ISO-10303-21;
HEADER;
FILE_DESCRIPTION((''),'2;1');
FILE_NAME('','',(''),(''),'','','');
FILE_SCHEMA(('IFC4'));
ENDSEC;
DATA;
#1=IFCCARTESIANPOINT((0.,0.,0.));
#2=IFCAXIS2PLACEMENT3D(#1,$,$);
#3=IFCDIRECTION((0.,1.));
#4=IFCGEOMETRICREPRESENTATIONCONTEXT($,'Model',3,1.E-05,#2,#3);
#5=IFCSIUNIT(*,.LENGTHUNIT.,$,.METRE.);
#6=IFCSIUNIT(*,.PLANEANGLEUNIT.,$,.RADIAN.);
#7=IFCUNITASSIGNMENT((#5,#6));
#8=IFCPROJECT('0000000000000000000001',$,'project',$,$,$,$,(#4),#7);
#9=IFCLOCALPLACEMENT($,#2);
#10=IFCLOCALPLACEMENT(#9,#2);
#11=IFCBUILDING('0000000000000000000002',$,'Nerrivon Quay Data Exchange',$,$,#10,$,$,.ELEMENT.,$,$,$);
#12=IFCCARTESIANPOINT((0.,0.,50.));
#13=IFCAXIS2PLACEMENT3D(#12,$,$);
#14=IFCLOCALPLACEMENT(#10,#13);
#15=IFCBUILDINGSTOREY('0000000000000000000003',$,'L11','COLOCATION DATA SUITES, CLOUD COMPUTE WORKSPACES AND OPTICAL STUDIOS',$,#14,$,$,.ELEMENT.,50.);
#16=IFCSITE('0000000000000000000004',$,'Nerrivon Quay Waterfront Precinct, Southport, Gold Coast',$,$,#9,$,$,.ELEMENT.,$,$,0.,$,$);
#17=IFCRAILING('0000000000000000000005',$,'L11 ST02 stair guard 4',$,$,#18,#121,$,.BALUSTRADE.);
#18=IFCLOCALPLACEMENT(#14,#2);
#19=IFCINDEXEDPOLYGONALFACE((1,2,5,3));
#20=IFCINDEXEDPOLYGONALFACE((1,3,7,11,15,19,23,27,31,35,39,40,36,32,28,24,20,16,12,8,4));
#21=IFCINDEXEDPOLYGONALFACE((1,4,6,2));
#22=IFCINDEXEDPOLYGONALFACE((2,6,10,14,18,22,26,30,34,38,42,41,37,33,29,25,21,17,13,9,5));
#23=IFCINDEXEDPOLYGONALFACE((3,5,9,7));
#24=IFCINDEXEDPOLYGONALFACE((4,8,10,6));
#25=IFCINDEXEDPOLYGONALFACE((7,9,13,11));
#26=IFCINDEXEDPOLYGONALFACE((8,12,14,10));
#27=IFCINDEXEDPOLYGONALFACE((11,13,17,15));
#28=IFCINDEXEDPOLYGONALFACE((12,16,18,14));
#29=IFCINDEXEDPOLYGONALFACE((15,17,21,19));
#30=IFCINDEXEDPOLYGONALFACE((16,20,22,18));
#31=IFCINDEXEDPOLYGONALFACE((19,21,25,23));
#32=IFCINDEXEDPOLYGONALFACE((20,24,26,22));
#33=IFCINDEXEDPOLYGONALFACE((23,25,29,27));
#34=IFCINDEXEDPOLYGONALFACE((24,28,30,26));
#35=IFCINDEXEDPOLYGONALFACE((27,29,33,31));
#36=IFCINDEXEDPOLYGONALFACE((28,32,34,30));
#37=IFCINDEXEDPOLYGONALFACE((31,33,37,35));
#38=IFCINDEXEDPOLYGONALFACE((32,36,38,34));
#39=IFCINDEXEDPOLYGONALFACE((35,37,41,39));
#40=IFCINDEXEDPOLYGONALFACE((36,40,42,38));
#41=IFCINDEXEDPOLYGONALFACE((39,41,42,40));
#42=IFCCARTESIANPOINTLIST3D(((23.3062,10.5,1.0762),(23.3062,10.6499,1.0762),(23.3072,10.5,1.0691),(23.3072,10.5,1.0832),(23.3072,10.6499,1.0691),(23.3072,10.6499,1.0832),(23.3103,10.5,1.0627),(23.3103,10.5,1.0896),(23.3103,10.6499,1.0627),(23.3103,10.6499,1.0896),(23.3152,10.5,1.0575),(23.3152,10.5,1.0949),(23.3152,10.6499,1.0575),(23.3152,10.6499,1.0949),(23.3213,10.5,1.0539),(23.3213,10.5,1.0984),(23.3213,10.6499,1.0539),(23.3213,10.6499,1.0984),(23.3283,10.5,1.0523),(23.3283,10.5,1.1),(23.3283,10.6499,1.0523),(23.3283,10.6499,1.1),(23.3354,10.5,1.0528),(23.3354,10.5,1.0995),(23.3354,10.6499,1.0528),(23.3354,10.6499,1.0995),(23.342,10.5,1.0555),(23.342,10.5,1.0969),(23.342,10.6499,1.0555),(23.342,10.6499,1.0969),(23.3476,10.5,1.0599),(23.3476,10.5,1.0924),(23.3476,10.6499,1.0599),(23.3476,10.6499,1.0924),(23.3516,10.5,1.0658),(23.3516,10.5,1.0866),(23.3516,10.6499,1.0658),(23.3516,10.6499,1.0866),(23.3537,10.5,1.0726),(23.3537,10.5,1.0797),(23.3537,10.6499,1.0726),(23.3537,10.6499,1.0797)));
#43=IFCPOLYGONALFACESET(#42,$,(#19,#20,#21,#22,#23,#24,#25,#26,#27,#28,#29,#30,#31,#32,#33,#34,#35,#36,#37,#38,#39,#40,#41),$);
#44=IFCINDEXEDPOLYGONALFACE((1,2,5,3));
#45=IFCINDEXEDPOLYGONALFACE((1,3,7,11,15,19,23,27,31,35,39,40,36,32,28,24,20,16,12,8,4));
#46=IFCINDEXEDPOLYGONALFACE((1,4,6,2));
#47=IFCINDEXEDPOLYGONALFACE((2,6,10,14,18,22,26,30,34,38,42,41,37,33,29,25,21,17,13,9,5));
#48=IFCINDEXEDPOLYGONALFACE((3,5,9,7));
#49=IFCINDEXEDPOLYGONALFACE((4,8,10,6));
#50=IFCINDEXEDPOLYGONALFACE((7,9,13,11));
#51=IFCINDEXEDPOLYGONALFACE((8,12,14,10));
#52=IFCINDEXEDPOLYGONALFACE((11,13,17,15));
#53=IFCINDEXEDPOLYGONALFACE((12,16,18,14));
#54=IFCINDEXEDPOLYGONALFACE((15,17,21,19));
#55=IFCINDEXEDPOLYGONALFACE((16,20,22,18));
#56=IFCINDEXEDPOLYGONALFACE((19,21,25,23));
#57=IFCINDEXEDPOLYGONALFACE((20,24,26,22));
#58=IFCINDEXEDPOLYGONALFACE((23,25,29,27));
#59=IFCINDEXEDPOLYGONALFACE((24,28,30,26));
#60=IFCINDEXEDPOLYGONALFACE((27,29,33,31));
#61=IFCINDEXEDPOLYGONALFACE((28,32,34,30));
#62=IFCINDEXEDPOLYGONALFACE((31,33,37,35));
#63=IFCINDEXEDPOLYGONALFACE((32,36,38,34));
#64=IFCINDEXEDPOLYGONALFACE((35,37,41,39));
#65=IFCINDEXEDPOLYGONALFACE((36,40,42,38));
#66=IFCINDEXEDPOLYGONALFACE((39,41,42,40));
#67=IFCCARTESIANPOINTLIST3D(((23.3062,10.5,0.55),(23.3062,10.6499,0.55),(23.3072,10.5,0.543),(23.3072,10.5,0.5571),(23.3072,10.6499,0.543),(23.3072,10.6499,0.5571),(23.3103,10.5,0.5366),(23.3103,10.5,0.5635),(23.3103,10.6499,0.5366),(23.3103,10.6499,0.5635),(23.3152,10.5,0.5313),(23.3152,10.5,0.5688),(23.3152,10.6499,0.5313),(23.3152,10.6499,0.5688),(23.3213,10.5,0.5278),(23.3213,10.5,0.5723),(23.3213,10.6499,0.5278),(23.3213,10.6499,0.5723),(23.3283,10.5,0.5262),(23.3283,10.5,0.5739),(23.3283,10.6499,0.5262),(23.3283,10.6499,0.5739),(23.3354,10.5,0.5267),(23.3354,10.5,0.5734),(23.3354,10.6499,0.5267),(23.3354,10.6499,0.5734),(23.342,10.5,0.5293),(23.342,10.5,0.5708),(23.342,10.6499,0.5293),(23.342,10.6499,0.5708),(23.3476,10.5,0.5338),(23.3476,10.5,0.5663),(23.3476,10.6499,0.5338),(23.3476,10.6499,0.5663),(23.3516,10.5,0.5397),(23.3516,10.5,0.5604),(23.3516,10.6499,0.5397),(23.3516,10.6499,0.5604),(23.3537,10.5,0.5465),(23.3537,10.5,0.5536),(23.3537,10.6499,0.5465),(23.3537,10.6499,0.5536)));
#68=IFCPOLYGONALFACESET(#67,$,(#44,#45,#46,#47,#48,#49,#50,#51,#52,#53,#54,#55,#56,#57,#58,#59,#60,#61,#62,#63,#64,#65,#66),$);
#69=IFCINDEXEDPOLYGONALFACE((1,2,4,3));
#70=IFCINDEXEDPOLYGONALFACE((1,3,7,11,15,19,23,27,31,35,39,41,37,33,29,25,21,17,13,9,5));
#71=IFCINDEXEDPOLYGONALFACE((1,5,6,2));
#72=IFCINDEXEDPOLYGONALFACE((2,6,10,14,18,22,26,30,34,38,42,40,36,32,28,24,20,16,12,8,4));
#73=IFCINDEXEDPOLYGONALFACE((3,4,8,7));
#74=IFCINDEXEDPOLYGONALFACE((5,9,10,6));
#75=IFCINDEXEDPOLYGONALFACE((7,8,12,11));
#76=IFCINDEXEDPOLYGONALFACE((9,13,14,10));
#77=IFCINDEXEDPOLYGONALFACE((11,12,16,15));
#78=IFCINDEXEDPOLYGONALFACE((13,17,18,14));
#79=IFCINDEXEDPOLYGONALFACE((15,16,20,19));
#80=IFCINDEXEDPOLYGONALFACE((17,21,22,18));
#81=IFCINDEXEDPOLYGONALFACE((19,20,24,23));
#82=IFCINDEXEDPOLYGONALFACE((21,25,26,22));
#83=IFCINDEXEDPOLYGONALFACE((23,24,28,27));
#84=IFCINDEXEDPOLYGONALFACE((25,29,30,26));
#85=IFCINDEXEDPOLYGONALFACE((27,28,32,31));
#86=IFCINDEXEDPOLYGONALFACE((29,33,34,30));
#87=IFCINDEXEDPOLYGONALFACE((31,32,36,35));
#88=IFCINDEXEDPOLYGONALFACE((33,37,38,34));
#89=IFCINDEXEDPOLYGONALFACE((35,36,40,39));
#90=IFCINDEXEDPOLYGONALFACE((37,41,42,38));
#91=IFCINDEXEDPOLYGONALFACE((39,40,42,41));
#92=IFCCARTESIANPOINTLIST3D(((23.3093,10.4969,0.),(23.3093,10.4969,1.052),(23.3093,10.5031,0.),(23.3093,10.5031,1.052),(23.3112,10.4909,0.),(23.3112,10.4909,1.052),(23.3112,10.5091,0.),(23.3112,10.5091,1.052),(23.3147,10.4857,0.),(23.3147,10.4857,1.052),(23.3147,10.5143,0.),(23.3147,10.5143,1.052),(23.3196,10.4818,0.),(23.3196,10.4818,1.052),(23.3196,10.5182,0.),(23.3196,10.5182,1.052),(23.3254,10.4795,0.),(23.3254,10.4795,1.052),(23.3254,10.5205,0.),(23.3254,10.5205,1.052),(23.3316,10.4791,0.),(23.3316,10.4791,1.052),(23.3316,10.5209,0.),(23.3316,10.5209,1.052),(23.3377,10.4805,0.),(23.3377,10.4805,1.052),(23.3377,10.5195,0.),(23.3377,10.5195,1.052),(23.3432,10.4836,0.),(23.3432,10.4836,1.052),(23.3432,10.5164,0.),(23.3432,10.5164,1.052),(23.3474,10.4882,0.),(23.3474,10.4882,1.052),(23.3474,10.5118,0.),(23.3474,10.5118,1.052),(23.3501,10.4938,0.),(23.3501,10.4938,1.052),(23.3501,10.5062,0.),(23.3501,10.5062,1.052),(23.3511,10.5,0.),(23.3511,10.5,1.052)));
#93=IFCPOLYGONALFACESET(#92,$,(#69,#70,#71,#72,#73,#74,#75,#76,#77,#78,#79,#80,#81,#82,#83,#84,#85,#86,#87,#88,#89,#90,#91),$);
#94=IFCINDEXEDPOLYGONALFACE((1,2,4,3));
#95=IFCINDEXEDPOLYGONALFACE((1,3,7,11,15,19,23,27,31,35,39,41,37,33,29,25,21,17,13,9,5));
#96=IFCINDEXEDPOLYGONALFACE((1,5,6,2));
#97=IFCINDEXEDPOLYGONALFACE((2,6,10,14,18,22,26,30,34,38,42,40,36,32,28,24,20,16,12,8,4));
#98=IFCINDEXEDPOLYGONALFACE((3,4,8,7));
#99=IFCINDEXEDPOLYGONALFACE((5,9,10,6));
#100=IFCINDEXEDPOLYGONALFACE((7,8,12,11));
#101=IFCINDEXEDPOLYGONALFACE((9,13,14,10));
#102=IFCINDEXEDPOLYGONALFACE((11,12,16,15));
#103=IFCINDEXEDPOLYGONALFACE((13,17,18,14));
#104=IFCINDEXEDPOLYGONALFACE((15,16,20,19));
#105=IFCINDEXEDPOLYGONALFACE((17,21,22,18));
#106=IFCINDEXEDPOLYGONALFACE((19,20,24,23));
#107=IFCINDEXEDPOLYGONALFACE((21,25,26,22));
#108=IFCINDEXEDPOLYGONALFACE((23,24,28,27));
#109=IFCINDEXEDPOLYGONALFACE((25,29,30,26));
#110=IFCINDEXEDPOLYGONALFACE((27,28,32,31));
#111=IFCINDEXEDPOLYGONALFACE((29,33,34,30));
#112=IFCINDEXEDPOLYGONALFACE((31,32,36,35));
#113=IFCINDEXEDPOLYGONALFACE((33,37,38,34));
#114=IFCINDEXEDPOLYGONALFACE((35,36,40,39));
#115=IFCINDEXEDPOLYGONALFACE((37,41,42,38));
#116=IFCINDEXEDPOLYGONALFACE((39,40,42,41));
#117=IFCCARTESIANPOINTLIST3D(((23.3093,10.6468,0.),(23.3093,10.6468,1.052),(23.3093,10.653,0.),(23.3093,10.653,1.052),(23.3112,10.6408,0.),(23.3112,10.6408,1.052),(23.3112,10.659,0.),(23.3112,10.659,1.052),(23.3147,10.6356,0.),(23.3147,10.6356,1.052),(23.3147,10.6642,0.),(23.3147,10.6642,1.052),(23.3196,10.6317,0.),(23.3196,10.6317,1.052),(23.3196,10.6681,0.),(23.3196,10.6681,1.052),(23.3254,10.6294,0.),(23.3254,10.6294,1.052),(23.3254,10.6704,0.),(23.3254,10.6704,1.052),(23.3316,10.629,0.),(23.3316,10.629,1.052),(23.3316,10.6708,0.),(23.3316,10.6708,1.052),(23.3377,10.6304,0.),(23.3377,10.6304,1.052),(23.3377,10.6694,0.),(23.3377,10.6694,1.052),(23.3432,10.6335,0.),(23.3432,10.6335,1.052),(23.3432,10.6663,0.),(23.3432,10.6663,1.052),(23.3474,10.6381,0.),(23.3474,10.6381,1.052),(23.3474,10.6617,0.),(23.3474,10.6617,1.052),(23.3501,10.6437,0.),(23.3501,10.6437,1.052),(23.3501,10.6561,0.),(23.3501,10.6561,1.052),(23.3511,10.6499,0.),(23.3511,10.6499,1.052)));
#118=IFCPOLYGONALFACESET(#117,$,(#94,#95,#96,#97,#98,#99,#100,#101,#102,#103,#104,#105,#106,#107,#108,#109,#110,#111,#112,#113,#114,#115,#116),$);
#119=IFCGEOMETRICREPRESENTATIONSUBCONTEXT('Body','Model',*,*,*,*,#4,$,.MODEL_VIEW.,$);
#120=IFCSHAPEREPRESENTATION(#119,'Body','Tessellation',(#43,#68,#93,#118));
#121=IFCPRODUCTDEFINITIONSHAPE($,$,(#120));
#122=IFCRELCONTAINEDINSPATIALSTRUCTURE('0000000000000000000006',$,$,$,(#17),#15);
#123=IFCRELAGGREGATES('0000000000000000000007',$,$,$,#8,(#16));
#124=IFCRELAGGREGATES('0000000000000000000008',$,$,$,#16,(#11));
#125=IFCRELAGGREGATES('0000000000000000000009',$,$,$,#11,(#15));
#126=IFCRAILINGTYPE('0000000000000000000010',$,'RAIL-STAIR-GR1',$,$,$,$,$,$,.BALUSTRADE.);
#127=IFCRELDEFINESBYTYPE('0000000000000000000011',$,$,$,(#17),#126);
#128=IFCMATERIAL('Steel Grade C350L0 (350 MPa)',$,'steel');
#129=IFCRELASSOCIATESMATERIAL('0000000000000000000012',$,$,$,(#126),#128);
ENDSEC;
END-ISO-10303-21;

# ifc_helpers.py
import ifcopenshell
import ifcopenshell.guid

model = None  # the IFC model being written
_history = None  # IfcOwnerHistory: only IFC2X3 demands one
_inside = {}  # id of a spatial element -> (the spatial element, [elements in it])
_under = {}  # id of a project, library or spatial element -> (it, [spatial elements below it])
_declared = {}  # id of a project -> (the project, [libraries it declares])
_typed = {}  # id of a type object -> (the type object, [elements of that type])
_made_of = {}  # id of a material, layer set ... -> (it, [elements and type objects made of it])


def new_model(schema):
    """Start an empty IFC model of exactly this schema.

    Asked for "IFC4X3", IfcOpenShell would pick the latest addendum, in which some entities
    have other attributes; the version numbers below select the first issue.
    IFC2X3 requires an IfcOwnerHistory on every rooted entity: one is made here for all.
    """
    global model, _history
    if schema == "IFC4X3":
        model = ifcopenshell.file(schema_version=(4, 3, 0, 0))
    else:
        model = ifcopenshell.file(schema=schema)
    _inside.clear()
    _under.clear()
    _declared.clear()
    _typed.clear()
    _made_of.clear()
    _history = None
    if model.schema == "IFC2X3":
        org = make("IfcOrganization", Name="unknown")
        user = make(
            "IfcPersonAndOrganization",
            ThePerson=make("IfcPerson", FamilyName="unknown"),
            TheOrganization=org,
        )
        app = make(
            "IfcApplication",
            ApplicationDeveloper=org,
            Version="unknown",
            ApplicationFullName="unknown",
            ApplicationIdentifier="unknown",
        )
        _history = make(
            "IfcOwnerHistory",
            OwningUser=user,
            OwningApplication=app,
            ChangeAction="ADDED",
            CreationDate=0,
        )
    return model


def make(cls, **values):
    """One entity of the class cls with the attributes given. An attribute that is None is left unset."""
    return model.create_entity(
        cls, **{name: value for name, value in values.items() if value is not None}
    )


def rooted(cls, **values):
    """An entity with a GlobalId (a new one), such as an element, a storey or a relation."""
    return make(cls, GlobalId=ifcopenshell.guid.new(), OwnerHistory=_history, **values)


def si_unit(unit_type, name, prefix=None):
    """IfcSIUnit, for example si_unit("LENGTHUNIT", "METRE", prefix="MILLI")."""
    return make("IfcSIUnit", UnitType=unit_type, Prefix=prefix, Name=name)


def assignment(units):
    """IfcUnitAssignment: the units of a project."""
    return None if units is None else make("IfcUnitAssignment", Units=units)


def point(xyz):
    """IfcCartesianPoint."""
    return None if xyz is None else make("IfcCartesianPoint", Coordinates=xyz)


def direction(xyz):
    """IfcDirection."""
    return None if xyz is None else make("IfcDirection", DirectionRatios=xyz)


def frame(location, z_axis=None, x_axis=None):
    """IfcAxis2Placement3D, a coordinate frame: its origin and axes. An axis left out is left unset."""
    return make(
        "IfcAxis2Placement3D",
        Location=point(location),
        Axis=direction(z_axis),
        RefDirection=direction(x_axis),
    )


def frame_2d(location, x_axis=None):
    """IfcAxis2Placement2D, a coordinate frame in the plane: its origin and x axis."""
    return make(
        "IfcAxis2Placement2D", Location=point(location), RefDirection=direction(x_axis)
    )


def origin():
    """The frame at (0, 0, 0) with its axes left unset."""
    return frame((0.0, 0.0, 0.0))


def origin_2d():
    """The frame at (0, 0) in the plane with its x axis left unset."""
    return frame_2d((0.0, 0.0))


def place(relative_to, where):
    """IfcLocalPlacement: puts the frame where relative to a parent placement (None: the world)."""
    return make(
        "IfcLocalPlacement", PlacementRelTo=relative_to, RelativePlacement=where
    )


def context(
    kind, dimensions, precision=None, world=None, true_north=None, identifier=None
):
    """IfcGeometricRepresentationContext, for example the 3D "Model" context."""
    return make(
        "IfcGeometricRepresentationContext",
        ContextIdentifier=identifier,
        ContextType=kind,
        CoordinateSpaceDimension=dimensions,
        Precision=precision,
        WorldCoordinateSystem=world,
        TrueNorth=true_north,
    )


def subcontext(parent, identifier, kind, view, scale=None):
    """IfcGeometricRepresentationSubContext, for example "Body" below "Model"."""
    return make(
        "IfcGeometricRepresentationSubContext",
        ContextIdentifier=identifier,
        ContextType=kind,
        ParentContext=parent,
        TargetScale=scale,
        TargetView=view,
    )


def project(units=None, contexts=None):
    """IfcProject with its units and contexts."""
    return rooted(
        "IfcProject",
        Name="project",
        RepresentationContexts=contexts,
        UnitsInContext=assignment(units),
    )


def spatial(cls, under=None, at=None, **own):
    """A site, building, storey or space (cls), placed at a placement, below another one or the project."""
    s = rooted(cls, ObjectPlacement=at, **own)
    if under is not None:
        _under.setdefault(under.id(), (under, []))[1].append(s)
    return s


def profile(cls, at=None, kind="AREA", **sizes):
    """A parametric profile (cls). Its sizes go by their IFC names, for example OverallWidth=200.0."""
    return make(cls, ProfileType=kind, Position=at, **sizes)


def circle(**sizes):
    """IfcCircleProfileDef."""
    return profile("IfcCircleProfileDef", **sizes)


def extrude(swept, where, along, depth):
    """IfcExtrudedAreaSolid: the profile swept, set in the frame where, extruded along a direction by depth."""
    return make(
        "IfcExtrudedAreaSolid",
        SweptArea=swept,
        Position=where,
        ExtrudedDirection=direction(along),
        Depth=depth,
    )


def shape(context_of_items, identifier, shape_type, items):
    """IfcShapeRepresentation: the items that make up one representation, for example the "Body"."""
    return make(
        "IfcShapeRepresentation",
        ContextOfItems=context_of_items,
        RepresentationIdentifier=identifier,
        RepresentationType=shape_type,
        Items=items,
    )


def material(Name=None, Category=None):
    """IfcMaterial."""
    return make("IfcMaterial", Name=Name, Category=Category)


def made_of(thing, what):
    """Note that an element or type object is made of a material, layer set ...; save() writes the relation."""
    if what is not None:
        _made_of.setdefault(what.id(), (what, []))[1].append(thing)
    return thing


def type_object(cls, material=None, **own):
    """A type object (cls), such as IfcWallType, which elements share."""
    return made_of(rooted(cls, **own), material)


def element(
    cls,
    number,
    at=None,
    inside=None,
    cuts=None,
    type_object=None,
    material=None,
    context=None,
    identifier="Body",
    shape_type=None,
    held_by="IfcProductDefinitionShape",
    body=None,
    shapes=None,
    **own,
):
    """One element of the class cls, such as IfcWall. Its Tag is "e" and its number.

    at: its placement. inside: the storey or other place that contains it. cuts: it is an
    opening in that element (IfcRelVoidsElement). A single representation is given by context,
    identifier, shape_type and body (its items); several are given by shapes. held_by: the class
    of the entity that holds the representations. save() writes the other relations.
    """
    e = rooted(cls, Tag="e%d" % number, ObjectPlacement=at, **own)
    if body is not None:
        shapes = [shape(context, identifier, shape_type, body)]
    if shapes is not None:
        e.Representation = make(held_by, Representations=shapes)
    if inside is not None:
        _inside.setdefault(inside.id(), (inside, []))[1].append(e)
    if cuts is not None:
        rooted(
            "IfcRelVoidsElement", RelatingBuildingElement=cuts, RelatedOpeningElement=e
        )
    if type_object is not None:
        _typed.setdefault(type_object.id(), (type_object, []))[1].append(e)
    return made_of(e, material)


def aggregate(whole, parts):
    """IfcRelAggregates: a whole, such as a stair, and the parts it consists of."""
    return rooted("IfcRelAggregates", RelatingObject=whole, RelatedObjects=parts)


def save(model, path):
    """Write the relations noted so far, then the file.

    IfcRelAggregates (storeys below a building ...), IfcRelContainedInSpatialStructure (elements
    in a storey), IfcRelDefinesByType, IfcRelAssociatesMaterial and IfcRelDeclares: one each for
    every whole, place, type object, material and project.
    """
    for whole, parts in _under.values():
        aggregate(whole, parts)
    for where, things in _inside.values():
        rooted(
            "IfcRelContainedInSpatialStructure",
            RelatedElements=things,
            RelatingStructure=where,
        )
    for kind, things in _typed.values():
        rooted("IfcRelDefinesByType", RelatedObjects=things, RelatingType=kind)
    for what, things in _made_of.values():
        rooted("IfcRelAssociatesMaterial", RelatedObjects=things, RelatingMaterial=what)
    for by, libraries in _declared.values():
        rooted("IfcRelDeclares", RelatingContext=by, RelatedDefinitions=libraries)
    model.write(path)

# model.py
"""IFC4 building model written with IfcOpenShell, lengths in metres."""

from ifc_helpers import new_model, si_unit, direction, frame, origin, origin_2d, place, context, subcontext, project, spatial, circle, extrude, material, type_object, element, save


model = new_model("IFC4")

# Units and contexts
model_context = context("Model", 3, precision=1e-05, world=origin(), true_north=direction((0.0, 1.0)))
body_context = subcontext(model_context, "Body", "Model", "MODEL_VIEW")
ifc_project = project(units=[si_unit("LENGTHUNIT", "METRE"), si_unit("PLANEANGLEUNIT", "RADIAN")], contexts=[model_context])

# Site, building, storey
site_placement = place(None, origin())
site = spatial("IfcSite", under=ifc_project, at=site_placement, Name="Nerrivon Quay Waterfront Precinct, Southport, Gold Coast", CompositionType="ELEMENT", RefElevation=0.0)
building_placement = place(site_placement, origin())
building = spatial("IfcBuilding", under=site, at=building_placement, Name="Nerrivon Quay Data Exchange", CompositionType="ELEMENT")
storey_placement = place(building_placement, frame((0.0, 0.0, 50.0)))
storey = spatial("IfcBuildingStorey", under=building, at=storey_placement, Name="L11", Description="COLOCATION DATA SUITES, CLOUD COMPUTE WORKSPACES AND OPTICAL STUDIOS", CompositionType="ELEMENT", Elevation=50.0)

# Railing
ifc_material_1 = material(Name="Steel Grade C350L0 (350 MPa)", Category="steel")
railing_type_1 = type_object("IfcRailingType", Name="RAIL-STAIR-GR1", PredefinedType="BALUSTRADE", material=ifc_material_1)
railing_1_placement = place(storey_placement, frame((23.3301, 10.5, 0.0)))
element("IfcRailing", 1, at=railing_1_placement, inside=storey, type_object=railing_type_1, Name="L11 ST02 stair guard 4", PredefinedType="BALUSTRADE", context=body_context, shape_type="SweptSolid", body=[
    extrude(circle(Radius=0.0239, at=origin_2d()), frame((0.0, 0.0, 1.0762), z_axis=(0.0, 1.0, 0.0), x_axis=(-1.0, 0.0, 0.0)), (0.0, 0.0, 1.0), 0.1499),
    extrude(circle(Radius=0.0239, at=origin_2d()), frame((0.0, 0.0, 0.55), z_axis=(0.0, 1.0, 0.0), x_axis=(-1.0, 0.0, 0.0)), (0.0, 0.0, 1.0), 0.1499),
    extrude(circle(Radius=0.021, at=origin_2d()), origin(), (0.0, 0.0, 1.0), 1.052),
    extrude(circle(Radius=0.021, at=origin_2d()), frame((0.0, 0.1499, 0.0)), (0.0, 0.0, 1.0), 1.052),
])

save(model, "model.ifc")
